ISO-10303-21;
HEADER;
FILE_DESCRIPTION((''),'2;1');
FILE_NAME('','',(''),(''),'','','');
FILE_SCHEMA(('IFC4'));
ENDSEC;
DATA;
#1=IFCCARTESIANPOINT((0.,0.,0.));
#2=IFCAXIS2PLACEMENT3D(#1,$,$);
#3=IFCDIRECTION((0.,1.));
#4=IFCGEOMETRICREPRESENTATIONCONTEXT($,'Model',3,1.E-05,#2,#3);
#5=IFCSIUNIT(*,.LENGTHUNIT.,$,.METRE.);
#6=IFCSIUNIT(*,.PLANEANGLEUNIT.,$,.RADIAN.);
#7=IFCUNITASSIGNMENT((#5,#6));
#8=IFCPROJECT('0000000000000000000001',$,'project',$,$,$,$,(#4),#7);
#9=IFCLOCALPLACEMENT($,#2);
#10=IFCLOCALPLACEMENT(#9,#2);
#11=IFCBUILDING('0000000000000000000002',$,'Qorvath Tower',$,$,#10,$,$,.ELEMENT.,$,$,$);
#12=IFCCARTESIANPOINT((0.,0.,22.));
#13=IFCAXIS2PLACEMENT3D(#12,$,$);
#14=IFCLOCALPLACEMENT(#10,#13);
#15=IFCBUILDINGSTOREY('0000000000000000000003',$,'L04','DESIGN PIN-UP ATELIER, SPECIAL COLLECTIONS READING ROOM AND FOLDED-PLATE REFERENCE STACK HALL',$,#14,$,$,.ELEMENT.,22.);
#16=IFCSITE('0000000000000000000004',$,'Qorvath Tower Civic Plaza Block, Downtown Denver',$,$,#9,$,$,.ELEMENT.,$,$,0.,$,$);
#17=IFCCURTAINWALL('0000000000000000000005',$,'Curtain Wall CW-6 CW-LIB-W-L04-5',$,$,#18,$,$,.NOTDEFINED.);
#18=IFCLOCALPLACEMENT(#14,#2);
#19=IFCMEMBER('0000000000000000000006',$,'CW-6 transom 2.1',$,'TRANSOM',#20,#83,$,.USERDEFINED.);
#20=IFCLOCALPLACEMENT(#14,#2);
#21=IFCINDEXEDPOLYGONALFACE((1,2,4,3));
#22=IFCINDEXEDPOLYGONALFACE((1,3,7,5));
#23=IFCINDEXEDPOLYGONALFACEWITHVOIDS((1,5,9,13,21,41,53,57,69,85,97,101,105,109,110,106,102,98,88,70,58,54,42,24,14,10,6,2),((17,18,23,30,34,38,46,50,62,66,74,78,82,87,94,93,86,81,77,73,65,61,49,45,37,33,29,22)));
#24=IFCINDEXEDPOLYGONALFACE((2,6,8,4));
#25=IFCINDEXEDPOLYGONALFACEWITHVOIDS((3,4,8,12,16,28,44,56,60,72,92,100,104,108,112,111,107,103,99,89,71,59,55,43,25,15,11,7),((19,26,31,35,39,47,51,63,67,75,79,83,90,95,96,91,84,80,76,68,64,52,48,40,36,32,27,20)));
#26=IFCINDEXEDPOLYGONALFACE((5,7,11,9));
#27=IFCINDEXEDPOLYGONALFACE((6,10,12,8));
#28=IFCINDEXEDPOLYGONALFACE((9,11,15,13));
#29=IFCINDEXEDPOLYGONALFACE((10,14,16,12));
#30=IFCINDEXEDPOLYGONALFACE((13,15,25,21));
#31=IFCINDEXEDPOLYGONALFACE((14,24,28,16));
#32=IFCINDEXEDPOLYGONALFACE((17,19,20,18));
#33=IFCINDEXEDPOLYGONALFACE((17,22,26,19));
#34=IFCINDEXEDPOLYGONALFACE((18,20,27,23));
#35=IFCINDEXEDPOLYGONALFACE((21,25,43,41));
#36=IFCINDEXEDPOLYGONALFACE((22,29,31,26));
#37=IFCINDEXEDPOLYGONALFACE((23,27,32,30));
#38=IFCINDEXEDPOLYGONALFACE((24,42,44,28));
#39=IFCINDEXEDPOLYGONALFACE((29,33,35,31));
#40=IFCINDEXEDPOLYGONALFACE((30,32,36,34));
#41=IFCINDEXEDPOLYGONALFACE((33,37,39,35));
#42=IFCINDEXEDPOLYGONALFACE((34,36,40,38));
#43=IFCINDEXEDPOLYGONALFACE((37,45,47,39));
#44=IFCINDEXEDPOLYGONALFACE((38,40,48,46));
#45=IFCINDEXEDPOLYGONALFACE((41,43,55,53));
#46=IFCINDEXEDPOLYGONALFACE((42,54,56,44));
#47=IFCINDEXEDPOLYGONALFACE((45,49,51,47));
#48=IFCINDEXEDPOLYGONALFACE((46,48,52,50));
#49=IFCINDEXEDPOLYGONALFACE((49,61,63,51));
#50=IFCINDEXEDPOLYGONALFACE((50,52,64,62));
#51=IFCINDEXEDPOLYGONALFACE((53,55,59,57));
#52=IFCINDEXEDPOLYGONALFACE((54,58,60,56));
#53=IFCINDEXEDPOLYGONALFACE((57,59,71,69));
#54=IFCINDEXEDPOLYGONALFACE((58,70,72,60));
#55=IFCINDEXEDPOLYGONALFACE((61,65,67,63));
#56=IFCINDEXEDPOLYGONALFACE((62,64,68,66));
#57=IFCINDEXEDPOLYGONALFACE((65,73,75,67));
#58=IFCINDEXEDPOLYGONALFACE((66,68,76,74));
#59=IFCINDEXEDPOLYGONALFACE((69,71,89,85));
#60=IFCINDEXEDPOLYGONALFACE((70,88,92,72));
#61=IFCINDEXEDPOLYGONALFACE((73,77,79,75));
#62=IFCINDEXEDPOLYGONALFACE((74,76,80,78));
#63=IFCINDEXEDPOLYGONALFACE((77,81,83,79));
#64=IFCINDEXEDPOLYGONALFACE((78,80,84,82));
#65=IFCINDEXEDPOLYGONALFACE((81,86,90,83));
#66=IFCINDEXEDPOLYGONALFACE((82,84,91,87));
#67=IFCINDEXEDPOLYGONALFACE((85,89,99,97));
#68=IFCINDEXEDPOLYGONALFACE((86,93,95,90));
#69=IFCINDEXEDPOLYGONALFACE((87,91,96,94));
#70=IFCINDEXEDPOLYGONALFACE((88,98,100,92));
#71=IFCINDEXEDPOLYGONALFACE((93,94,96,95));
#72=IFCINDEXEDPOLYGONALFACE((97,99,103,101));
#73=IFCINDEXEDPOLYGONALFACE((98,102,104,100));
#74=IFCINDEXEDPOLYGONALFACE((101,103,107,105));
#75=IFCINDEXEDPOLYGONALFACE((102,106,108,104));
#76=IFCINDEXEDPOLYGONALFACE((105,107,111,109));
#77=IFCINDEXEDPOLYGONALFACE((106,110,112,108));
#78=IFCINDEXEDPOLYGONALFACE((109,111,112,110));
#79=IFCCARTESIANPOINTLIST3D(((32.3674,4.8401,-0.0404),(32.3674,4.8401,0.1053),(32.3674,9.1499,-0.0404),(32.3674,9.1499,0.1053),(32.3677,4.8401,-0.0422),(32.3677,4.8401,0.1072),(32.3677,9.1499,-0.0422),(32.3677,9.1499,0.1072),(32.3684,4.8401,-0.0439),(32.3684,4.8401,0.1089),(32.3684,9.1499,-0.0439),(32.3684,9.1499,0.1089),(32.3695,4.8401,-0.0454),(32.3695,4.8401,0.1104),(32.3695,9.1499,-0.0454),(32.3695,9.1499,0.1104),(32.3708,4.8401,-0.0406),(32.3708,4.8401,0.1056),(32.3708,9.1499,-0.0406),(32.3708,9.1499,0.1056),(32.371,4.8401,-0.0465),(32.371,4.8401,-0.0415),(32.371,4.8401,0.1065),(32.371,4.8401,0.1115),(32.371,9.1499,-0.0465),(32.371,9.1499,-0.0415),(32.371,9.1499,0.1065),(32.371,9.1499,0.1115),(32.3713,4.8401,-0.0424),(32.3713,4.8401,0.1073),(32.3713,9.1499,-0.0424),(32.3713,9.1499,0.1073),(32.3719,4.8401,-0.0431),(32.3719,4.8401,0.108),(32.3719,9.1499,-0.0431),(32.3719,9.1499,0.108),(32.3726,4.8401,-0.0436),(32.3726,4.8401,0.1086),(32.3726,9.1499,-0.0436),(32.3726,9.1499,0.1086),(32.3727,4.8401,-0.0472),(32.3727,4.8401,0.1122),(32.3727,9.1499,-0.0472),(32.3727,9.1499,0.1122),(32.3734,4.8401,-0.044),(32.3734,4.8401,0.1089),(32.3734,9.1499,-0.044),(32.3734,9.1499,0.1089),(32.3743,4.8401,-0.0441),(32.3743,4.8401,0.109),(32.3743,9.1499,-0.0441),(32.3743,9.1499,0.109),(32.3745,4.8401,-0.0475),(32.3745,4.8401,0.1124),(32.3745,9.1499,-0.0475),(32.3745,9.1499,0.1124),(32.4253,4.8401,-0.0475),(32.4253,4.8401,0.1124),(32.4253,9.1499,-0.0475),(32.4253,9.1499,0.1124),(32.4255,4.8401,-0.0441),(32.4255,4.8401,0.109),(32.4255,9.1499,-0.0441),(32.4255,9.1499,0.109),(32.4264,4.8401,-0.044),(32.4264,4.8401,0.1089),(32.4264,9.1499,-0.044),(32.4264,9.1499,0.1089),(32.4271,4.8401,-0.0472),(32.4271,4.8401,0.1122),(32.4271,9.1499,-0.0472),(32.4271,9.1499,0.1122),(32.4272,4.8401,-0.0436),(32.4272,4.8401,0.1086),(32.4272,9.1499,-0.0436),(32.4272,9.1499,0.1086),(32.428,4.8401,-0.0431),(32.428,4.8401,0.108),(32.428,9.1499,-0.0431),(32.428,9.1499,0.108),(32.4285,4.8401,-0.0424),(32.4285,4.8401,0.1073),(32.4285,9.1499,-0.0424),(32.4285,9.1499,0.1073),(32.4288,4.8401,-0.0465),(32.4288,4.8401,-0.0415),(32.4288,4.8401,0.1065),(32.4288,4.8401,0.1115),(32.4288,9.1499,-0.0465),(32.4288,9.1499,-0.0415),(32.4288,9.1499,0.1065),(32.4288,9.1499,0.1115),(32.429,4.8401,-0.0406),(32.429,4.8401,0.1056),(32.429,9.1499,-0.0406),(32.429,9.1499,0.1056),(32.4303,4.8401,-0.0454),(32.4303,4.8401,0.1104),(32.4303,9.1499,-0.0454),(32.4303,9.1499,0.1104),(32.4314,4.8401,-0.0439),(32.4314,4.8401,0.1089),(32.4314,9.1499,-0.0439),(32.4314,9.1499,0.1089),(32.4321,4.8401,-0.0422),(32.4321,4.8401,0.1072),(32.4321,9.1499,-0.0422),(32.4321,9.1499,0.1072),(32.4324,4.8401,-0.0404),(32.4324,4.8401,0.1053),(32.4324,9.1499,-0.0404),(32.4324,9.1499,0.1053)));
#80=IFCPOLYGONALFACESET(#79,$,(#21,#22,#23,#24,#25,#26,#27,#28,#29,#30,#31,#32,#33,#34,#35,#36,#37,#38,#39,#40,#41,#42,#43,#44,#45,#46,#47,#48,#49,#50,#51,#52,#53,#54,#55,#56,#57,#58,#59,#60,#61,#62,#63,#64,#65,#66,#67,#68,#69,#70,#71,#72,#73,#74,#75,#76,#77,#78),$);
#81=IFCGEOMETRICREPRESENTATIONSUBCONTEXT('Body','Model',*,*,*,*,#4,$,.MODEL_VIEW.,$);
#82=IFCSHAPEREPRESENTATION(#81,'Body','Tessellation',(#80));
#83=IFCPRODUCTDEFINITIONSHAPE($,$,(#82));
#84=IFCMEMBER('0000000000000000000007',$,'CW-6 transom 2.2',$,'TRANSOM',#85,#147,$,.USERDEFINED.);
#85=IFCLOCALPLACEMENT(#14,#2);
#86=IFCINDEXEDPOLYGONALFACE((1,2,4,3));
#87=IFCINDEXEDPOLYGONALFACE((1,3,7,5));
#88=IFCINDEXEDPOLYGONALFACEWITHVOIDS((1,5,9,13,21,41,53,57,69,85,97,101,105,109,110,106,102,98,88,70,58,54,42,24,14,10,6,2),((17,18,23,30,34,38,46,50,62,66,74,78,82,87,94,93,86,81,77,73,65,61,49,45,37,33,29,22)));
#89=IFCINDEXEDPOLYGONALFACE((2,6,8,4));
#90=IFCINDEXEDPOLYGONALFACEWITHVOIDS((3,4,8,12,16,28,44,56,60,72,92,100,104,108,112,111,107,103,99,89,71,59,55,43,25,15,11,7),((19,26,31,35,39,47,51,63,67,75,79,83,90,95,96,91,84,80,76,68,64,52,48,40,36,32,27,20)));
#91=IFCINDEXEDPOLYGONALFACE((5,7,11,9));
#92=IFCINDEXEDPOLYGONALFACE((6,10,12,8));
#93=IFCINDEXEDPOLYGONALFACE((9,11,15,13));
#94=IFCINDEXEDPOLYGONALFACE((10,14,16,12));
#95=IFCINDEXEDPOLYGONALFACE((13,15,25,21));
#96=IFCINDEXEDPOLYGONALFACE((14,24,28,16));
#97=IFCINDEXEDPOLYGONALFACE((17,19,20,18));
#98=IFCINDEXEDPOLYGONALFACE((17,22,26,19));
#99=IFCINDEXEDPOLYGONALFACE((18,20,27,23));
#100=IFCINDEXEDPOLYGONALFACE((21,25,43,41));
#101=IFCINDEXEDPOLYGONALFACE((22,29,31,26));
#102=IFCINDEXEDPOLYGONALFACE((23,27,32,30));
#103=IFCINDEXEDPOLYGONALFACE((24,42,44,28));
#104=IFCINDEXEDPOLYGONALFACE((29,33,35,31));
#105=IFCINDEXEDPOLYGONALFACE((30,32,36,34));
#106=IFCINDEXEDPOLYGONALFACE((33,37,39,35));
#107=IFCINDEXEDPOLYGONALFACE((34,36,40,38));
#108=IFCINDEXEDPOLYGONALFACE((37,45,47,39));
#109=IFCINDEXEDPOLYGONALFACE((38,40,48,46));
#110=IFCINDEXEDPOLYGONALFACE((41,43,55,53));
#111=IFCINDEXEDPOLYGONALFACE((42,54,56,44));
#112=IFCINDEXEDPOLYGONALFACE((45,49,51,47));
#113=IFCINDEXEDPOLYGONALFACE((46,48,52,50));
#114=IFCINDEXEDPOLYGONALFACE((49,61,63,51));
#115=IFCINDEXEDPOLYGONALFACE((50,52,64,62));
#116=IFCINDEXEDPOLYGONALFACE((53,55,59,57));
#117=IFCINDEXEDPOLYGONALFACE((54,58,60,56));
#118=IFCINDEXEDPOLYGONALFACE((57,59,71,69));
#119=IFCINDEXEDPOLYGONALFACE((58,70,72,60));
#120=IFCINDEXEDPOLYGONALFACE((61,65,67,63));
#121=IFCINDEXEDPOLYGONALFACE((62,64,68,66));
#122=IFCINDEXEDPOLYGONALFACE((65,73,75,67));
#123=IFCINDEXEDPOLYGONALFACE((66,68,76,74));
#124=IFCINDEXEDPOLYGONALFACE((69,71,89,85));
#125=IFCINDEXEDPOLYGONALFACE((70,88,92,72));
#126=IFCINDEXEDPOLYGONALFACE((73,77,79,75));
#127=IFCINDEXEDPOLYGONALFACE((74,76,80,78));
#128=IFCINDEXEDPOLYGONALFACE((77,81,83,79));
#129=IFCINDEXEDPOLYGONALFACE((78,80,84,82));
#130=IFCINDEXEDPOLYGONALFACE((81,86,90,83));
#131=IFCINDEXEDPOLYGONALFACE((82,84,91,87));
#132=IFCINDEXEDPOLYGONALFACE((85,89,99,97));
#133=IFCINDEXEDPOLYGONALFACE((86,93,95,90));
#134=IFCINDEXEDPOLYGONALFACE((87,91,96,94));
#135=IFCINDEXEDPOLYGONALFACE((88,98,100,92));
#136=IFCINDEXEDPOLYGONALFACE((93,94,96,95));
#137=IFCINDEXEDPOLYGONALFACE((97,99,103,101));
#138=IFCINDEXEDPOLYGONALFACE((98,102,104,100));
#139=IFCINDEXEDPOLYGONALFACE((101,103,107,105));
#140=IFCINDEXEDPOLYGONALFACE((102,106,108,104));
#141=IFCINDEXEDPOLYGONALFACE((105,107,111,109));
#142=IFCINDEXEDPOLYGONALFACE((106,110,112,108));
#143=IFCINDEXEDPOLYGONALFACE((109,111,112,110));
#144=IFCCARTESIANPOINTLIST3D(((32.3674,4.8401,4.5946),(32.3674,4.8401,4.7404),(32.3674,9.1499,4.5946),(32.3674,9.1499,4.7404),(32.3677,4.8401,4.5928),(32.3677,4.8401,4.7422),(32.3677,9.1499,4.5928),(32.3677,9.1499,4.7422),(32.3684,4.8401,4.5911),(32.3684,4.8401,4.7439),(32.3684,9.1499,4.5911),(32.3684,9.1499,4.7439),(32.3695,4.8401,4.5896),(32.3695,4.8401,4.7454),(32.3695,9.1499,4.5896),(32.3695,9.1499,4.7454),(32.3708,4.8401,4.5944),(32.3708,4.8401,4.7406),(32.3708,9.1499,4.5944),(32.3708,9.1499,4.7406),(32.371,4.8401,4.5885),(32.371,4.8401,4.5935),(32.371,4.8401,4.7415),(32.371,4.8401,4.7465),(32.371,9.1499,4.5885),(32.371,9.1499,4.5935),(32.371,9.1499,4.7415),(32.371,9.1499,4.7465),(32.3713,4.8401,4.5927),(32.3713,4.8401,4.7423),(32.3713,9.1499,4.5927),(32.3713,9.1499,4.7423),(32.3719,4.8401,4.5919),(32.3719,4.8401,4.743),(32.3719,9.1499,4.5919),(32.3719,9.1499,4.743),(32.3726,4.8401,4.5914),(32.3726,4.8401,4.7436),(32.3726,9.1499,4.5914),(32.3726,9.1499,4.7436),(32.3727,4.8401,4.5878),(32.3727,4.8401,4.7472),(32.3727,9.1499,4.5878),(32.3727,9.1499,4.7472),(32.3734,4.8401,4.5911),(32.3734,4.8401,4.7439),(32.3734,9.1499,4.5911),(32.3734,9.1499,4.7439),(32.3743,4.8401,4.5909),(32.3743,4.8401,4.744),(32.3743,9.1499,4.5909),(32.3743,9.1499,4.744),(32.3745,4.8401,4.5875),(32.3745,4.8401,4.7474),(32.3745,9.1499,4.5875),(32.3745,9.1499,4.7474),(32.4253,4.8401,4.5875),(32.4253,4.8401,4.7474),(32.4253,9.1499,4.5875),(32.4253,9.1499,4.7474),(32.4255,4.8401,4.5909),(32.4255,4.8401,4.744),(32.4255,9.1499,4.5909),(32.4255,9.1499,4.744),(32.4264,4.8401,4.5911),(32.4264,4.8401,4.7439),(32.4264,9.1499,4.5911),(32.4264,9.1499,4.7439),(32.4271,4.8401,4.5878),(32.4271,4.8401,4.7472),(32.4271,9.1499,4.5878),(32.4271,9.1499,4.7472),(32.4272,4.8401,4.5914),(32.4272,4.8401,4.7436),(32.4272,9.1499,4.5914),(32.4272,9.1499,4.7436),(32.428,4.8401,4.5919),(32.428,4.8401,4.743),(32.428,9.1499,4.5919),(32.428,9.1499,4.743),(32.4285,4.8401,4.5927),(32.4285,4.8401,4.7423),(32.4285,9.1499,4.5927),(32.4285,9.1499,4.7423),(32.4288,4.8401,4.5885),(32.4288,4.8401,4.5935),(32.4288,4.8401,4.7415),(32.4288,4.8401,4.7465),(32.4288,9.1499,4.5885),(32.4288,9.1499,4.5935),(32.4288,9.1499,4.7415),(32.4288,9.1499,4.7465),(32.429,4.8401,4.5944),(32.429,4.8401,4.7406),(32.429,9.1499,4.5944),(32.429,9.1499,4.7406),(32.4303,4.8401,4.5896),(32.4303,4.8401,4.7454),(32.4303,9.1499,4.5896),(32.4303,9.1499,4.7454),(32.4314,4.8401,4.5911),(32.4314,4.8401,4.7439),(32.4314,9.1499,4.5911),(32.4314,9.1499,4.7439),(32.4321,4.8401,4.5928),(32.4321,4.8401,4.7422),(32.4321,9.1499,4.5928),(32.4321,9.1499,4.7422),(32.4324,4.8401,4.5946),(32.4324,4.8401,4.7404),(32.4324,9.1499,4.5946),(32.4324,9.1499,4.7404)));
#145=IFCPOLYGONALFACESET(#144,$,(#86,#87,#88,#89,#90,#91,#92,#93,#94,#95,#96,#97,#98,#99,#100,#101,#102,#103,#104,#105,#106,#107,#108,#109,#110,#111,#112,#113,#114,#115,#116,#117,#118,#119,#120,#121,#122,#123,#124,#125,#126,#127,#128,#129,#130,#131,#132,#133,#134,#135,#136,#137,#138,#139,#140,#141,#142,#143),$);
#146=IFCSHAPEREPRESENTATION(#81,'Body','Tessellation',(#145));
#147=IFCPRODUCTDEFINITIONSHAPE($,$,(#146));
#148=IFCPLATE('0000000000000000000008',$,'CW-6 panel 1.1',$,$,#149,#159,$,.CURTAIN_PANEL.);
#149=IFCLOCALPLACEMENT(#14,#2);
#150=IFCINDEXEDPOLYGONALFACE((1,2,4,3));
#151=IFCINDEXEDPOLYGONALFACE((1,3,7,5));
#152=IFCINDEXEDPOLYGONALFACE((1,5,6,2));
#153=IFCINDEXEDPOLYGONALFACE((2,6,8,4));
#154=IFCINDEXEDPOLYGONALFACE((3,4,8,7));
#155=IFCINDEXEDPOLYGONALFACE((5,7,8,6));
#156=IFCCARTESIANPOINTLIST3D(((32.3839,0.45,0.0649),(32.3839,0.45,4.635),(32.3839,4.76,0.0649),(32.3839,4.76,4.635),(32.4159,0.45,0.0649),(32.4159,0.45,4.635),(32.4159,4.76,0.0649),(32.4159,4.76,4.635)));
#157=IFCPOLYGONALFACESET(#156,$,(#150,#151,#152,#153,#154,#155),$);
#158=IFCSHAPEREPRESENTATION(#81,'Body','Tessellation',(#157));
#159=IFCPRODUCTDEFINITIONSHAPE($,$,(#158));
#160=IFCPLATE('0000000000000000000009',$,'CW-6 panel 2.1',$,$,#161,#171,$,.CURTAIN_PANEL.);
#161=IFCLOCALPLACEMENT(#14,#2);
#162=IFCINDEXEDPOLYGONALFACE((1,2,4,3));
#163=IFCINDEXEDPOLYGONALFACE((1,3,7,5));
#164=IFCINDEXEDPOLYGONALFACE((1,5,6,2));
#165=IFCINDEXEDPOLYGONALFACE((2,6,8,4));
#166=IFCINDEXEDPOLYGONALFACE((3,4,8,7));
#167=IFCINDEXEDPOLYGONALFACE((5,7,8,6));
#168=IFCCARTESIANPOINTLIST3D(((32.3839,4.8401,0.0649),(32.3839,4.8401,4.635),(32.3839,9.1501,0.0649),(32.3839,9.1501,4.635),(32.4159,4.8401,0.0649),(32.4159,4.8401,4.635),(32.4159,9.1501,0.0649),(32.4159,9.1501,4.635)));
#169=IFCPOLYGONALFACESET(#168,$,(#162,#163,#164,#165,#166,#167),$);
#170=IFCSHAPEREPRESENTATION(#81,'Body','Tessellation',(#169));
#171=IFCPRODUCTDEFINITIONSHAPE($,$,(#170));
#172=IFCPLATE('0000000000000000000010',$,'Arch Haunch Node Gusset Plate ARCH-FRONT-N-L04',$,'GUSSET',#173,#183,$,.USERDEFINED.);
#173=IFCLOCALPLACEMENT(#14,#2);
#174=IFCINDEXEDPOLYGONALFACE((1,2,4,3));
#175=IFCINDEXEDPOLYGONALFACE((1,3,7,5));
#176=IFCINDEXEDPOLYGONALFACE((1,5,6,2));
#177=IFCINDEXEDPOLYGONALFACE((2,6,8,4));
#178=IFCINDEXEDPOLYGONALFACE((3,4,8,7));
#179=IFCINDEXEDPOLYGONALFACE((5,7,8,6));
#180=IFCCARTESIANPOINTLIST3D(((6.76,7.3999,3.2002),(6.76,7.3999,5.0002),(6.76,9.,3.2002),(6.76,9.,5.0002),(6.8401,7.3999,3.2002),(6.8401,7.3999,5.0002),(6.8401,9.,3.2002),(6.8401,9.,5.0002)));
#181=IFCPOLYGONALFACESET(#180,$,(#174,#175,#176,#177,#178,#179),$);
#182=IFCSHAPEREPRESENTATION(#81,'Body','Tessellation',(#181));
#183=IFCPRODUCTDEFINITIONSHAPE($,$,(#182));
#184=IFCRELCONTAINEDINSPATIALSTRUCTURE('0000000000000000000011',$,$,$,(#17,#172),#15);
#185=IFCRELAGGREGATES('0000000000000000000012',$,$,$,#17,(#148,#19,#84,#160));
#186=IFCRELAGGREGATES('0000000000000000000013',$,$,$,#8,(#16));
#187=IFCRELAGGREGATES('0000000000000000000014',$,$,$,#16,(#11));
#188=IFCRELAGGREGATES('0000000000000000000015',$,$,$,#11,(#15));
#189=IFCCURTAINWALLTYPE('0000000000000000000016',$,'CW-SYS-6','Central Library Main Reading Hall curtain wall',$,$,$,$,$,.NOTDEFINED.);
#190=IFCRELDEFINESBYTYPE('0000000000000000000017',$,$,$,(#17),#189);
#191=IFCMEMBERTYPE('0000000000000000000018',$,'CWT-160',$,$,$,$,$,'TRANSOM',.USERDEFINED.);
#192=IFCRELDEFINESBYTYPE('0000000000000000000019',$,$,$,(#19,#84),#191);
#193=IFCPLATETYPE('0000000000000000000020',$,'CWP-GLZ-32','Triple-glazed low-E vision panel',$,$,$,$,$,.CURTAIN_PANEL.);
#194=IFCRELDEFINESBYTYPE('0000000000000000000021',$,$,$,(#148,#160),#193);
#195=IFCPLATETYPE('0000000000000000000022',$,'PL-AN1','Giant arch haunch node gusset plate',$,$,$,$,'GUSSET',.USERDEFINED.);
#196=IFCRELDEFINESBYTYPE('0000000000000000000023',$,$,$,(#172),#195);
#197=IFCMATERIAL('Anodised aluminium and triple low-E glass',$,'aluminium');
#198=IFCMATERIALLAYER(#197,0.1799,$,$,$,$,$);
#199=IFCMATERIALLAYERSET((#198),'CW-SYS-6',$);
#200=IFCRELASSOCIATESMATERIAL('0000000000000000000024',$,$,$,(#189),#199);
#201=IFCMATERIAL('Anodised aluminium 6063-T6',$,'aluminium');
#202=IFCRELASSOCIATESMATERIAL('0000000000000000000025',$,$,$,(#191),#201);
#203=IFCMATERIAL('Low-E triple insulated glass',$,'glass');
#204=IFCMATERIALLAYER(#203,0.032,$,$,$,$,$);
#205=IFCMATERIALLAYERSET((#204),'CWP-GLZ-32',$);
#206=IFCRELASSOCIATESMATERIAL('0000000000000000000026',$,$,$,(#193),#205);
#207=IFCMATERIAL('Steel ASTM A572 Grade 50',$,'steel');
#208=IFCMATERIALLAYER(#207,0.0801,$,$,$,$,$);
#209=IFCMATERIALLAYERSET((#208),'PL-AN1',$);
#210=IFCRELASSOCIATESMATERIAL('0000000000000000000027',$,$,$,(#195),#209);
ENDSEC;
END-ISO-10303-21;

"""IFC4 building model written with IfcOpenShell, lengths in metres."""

from ifc_helpers import new_model, si_unit, direction, frame, origin, origin_2d, place, context, subcontext, project, spatial, rectangle, hollow_rectangle, extrude, material, layer, layer_set, material_profile, profile_set, type_object, element, aggregate, save


model = new_model("IFC4")

# Units and contexts
model_context = context("Model", 3, precision=1e-05, world=origin(), true_north=direction((0.0, 1.0)))
body_context = subcontext(model_context, "Body", "Model", "MODEL_VIEW")
ifc_project = project(units=[si_unit("LENGTHUNIT", "METRE"), si_unit("PLANEANGLEUNIT", "RADIAN")], contexts=[model_context])

# Site, building, storey
site_placement = place(None, origin())
site = spatial("IfcSite", under=ifc_project, at=site_placement, Name="Qorvath Tower Civic Plaza Block, Downtown Denver", CompositionType="ELEMENT", RefElevation=0.0)
building_placement = place(site_placement, origin())
building = spatial("IfcBuilding", under=site, at=building_placement, Name="Qorvath Tower", CompositionType="ELEMENT")
storey_placement = place(building_placement, frame((0.0, 0.0, 22.0)))
storey = spatial("IfcBuildingStorey", under=building, at=storey_placement, Name="L04", Description="DESIGN PIN-UP ATELIER, SPECIAL COLLECTIONS READING ROOM AND FOLDED-PLATE REFERENCE STACK HALL", CompositionType="ELEMENT", Elevation=22.0)

# Curtain wall
ifc_material_1 = material(Name="Anodised aluminium and triple low-E glass", Category="aluminium")
ifc_layer_1 = layer(ifc_material_1, 0.1799)
ifc_layer_set_1 = layer_set([ifc_layer_1], Name="CW-SYS-6")
curtain_wall_type = type_object("IfcCurtainWallType", Name="CW-SYS-6", Description="Central Library Main Reading Hall curtain wall", PredefinedType="NOTDEFINED", material=ifc_layer_set_1)
curtain_wall_1_placement = place(storey_placement, origin())
curtain_wall_1 = element("IfcCurtainWall", 1, at=curtain_wall_1_placement, inside=storey, type_object=curtain_wall_type, Name="Curtain Wall CW-6 CW-LIB-W-L04-5", PredefinedType="NOTDEFINED")

# Members
ifc_material_2 = material(Name="Anodised aluminium 6063-T6", Category="aluminium")
ifc_material_profile_1 = material_profile(ifc_material_2, hollow_rectangle(XDim=0.0649, YDim=0.1599, WallThickness=0.0034, InnerFilletRadius=0.0034, OuterFilletRadius=0.0071, at=origin_2d()), Name="CWT 160x65")
ifc_profile_set_1 = profile_set([ifc_material_profile_1], Name="Anodised aluminium 6063-T6")
member_type_1 = type_object("IfcMemberType", Name="CWT-160", ElementType="TRANSOM", PredefinedType="USERDEFINED", material=ifc_profile_set_1)
member_1_placement = place(storey_placement, frame((32.3999, 4.8401, 0.0325), z_axis=(0.0, 1.0, 0.0), x_axis=(-1.0, 0.0, 0.0)))
member_1 = element("IfcMember", 2, at=member_1_placement, type_object=member_type_1, Name="CW-6 transom 2.1", ObjectType="TRANSOM", PredefinedType="USERDEFINED", context=body_context, shape_type="SweptSolid", body=[
    extrude(hollow_rectangle(XDim=0.0649, YDim=0.1599, WallThickness=0.0034, InnerFilletRadius=0.0034, OuterFilletRadius=0.0071, at=origin_2d()), origin(), (0.0, 0.0, 1.0), 4.3098),
])
member_2_placement = place(storey_placement, frame((32.3999, 4.8401, 4.6675), z_axis=(0.0, 1.0, 0.0), x_axis=(-1.0, 0.0, 0.0)))
member_2 = element("IfcMember", 3, at=member_2_placement, type_object=member_type_1, Name="CW-6 transom 2.2", ObjectType="TRANSOM", PredefinedType="USERDEFINED", context=body_context, shape_type="SweptSolid", body=[
    extrude(hollow_rectangle(XDim=0.0649, YDim=0.1599, WallThickness=0.0034, InnerFilletRadius=0.0034, OuterFilletRadius=0.0071, at=origin_2d()), origin(), (0.0, 0.0, 1.0), 4.3098),
])

# Plates
ifc_material_3 = material(Name="Low-E triple insulated glass", Category="glass")
ifc_layer_2 = layer(ifc_material_3, 0.032)
ifc_layer_set_2 = layer_set([ifc_layer_2], Name="CWP-GLZ-32")
plate_type_1 = type_object("IfcPlateType", Name="CWP-GLZ-32", Description="Triple-glazed low-E vision panel", PredefinedType="CURTAIN_PANEL", material=ifc_layer_set_2)
plate_1_placement = place(storey_placement, frame((32.3999, 2.605, 0.0649), z_axis=(0.0, 0.0, 1.0), x_axis=(0.0, 1.0, 0.0)))
plate_1 = element("IfcPlate", 4, at=plate_1_placement, type_object=plate_type_1, Name="CW-6 panel 1.1", PredefinedType="CURTAIN_PANEL", context=body_context, shape_type="SweptSolid", body=[
    extrude(rectangle(XDim=4.3101, YDim=0.032, at=origin_2d()), origin(), (0.0, 0.0, 1.0), 4.5701),
])
plate_2_placement = place(storey_placement, frame((32.3999, 6.9951, 0.0649), z_axis=(0.0, 0.0, 1.0), x_axis=(0.0, 1.0, 0.0)))
plate_2 = element("IfcPlate", 5, at=plate_2_placement, type_object=plate_type_1, Name="CW-6 panel 2.1", PredefinedType="CURTAIN_PANEL", context=body_context, shape_type="SweptSolid", body=[
    extrude(rectangle(XDim=4.3101, YDim=0.032, at=origin_2d()), origin(), (0.0, 0.0, 1.0), 4.5701),
])
aggregate(curtain_wall_1, [plate_1, member_1, member_2, plate_2])
ifc_material_4 = material(Name="Steel ASTM A572 Grade 50", Category="steel")
ifc_layer_3 = layer(ifc_material_4, 0.0801)
ifc_layer_set_3 = layer_set([ifc_layer_3], Name="PL-AN1")
plate_type_2 = type_object("IfcPlateType", Name="PL-AN1", Description="Giant arch haunch node gusset plate", ElementType="GUSSET", PredefinedType="USERDEFINED", material=ifc_layer_set_3)
plate_3_placement = place(storey_placement, frame((6.8, 8.2, 3.2002), z_axis=(0.0, 0.0, 1.0), x_axis=(0.0, 1.0, 0.0)))
element("IfcPlate", 6, at=plate_3_placement, inside=storey, type_object=plate_type_2, Name="Arch Haunch Node Gusset Plate ARCH-FRONT-N-L04", ObjectType="GUSSET", PredefinedType="USERDEFINED", context=body_context, shape_type="SweptSolid", body=[
    extrude(rectangle(XDim=1.6001, YDim=0.0801, at=origin_2d()), origin(), (0.0, 0.0, 1.0), 1.8),
])

save(model, "model.ifc")
